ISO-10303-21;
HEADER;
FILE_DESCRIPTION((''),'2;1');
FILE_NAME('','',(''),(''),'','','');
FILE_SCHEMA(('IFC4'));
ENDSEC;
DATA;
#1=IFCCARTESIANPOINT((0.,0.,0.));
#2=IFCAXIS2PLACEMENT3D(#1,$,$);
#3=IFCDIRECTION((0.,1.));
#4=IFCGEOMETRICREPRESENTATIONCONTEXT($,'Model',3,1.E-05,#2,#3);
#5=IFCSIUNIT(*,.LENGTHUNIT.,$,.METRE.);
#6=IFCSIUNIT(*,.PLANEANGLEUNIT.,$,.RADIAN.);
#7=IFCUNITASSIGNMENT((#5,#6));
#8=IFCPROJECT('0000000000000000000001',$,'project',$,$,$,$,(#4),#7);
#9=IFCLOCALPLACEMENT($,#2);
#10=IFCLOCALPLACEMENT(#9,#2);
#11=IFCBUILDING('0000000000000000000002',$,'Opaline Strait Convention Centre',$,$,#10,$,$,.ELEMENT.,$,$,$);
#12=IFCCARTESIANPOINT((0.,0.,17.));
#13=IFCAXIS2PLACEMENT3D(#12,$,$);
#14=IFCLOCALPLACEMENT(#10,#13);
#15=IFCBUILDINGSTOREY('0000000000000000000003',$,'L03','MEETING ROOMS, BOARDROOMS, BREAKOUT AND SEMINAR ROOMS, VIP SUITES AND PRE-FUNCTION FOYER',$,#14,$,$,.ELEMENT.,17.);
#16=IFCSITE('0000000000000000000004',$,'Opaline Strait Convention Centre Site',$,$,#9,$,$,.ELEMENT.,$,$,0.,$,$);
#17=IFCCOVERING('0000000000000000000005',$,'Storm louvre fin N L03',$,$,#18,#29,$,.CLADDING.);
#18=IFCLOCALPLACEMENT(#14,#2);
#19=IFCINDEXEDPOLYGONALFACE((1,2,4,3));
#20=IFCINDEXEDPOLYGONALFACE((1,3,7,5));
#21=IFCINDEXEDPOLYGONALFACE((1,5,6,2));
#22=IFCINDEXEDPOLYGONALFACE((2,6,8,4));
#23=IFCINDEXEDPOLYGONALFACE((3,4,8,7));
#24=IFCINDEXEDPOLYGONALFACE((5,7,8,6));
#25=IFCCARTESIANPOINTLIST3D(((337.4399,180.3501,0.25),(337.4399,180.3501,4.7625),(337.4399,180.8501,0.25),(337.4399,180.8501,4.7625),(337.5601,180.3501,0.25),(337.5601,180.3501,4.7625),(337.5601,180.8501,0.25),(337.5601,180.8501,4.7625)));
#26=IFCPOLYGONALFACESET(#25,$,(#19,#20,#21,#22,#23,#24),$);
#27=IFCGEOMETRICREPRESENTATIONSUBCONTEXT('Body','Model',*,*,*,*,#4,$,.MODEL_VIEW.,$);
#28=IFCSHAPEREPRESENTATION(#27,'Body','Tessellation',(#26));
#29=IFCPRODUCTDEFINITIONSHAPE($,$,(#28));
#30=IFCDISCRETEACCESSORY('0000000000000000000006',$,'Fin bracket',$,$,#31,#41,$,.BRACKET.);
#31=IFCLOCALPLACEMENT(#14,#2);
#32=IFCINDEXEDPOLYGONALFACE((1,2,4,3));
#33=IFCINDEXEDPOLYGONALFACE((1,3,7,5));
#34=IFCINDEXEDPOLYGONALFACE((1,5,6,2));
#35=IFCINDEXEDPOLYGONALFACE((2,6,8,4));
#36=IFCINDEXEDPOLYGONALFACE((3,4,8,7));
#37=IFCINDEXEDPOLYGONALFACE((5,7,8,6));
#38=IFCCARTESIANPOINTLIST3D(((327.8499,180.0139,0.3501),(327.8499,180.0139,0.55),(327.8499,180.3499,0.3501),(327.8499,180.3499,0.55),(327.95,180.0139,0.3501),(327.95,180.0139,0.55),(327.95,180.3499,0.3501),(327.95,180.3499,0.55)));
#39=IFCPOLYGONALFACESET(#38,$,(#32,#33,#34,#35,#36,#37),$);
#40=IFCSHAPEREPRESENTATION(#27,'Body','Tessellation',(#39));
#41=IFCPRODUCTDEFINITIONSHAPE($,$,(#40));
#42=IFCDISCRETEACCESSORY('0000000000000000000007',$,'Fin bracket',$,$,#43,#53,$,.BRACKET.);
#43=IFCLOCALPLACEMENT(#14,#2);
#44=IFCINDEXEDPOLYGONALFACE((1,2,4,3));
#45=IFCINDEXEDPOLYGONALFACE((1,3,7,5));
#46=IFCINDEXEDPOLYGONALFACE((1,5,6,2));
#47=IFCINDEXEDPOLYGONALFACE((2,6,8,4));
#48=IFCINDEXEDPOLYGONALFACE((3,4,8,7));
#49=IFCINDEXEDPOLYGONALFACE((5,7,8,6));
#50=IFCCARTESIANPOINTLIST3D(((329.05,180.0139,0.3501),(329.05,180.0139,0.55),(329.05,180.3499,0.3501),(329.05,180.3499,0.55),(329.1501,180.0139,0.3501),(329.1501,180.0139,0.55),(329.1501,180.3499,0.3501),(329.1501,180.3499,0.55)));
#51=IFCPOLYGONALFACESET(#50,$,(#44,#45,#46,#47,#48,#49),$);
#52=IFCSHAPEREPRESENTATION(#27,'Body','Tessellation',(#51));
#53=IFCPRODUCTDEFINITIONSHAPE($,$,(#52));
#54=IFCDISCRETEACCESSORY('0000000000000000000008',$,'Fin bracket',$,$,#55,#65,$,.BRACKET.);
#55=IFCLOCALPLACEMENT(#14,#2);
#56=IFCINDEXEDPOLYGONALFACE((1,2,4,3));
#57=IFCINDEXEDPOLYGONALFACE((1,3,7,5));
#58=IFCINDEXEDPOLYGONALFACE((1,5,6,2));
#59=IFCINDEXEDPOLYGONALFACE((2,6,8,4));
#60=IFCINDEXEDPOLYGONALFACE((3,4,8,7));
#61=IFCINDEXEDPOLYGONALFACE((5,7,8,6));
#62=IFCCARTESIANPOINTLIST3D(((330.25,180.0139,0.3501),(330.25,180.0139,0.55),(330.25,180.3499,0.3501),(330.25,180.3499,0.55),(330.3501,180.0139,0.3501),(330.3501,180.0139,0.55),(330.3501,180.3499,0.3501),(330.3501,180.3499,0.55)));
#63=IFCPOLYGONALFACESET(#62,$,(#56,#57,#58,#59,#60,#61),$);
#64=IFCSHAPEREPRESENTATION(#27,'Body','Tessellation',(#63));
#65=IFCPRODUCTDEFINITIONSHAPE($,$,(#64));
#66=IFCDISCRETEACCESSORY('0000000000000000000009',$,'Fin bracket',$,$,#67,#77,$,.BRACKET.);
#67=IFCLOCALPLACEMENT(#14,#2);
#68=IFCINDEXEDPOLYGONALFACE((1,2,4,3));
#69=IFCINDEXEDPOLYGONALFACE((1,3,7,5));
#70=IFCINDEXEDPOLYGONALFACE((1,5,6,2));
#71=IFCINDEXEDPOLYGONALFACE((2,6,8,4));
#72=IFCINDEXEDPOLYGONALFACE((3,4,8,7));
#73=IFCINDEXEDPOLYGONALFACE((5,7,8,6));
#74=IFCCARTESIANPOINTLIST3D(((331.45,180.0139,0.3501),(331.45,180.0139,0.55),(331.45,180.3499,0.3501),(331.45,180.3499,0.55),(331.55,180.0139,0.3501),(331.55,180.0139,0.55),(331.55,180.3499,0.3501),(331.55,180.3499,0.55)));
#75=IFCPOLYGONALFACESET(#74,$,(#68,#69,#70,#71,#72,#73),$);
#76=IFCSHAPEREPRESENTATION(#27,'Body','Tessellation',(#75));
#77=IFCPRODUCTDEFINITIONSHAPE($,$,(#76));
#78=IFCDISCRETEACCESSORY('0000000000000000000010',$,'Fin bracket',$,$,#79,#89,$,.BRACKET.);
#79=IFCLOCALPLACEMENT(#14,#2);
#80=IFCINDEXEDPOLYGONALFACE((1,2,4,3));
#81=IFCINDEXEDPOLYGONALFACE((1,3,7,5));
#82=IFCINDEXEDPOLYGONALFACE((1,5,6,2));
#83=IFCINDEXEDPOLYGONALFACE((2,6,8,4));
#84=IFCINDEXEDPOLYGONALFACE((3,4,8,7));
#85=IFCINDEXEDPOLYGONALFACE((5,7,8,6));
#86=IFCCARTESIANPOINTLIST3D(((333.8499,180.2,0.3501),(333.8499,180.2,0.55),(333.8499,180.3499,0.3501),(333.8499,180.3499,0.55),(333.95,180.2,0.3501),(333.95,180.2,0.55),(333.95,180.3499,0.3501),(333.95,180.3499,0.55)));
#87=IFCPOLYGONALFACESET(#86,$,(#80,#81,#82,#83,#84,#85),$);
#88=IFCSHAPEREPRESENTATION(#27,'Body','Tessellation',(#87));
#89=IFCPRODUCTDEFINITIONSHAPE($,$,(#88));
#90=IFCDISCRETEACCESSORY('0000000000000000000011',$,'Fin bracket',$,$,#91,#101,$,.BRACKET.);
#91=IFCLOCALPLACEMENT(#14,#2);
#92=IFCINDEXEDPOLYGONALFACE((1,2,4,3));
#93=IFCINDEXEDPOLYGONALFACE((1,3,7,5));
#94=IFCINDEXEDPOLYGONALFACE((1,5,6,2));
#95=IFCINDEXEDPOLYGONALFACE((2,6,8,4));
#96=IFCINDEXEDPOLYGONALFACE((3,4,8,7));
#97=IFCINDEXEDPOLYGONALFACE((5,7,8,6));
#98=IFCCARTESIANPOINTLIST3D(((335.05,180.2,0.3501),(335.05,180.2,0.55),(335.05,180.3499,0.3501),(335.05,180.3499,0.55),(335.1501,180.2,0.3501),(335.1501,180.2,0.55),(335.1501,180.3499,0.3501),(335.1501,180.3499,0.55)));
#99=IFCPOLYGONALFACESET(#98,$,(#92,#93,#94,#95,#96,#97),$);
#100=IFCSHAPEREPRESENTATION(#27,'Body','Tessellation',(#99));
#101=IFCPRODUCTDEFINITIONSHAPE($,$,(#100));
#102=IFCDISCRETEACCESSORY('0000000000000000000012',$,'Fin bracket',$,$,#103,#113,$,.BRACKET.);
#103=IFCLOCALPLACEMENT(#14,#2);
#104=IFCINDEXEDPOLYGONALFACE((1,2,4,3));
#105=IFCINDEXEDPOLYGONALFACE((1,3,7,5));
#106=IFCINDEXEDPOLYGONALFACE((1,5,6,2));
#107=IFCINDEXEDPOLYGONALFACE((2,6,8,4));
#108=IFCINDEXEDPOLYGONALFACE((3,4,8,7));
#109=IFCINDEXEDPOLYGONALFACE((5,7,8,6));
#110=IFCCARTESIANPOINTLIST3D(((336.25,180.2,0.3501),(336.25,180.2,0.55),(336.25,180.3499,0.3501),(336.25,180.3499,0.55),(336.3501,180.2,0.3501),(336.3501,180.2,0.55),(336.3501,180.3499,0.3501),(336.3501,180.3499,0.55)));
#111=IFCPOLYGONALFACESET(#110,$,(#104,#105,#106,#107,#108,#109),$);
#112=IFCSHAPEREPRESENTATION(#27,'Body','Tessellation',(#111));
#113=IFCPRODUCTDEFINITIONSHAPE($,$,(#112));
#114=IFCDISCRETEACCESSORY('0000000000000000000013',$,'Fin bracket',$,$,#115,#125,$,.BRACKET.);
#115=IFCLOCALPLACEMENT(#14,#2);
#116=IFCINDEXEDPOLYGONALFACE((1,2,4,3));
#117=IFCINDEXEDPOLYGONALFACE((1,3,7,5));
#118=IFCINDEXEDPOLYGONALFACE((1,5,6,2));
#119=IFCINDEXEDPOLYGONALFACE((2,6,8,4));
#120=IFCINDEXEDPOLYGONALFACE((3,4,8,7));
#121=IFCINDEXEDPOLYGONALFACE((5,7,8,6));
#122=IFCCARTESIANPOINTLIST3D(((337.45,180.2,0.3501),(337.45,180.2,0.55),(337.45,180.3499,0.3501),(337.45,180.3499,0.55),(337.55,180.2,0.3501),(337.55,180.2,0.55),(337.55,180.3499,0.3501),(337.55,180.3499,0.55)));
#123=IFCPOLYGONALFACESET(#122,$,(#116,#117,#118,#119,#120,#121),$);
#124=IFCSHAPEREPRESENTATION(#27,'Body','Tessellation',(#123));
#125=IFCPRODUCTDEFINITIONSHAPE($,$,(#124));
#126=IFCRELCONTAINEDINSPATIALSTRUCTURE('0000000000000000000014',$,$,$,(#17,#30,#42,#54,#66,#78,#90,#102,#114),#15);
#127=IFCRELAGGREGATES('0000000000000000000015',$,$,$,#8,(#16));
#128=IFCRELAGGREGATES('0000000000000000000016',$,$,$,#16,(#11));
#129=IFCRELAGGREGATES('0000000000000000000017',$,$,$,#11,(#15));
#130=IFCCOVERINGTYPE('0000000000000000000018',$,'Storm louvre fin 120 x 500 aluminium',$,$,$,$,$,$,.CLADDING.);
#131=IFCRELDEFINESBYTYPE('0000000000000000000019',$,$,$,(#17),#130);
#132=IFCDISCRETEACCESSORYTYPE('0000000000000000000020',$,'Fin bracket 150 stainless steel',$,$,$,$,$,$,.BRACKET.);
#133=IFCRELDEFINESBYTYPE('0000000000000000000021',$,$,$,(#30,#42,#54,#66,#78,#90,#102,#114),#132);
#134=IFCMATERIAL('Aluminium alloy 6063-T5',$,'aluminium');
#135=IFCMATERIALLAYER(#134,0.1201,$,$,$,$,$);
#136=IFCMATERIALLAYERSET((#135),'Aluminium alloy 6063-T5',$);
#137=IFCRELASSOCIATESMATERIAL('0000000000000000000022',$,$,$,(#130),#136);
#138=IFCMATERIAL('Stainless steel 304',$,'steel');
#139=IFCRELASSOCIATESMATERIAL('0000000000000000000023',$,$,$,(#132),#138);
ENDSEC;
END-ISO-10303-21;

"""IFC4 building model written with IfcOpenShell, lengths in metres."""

from ifc_helpers import new_model, si_unit, direction, frame, origin, origin_2d, place, context, subcontext, project, spatial, rectangle, extrude, material, layer, layer_set, type_object, element, save


model = new_model("IFC4")

# Units and contexts
model_context = context("Model", 3, precision=1e-05, world=origin(), true_north=direction((0.0, 1.0)))
body_context = subcontext(model_context, "Body", "Model", "MODEL_VIEW")
ifc_project = project(units=[si_unit("LENGTHUNIT", "METRE"), si_unit("PLANEANGLEUNIT", "RADIAN")], contexts=[model_context])

# Site, building, storey
site_placement = place(None, origin())
site = spatial("IfcSite", under=ifc_project, at=site_placement, Name="Opaline Strait Convention Centre Site", CompositionType="ELEMENT", RefElevation=0.0)
building_placement = place(site_placement, origin())
building = spatial("IfcBuilding", under=site, at=building_placement, Name="Opaline Strait Convention Centre", CompositionType="ELEMENT")
storey_placement = place(building_placement, frame((0.0, 0.0, 17.0)))
storey = spatial("IfcBuildingStorey", under=building, at=storey_placement, Name="L03", Description="MEETING ROOMS, BOARDROOMS, BREAKOUT AND SEMINAR ROOMS, VIP SUITES AND PRE-FUNCTION FOYER", CompositionType="ELEMENT", Elevation=17.0)

# Covering
ifc_material_1 = material(Name="Aluminium alloy 6063-T5", Category="aluminium")
ifc_layer_1 = layer(ifc_material_1, 0.1201)
ifc_layer_set_1 = layer_set([ifc_layer_1], Name="Aluminium alloy 6063-T5")
covering_type = type_object("IfcCoveringType", Name="Storm louvre fin 120 x 500 aluminium", PredefinedType="CLADDING", material=ifc_layer_set_1)
covering_1_placement = place(storey_placement, frame((337.5, 180.6001, 0.25), z_axis=(0.0, 0.0, 1.0), x_axis=(1.0, 0.0, 0.0)))
element("IfcCovering", 1, at=covering_1_placement, inside=storey, type_object=covering_type, Name="Storm louvre fin N L03", PredefinedType="CLADDING", context=body_context, shape_type="SweptSolid", body=[
    extrude(rectangle(XDim=0.1201, YDim=0.5, at=origin_2d()), origin(), (0.0, 0.0, 1.0), 4.5125),
])

# Discrete accessories
ifc_material_2 = material(Name="Stainless steel 304", Category="steel")
discrete_accessory_type = type_object("IfcDiscreteAccessoryType", Name="Fin bracket 150 stainless steel", PredefinedType="BRACKET", material=ifc_material_2)
for number, where, z_axis, x_axis, name in (
    (2, (327.8999, 180.1819, 0.3501), (0.0, 0.0, 1.0), (1.0, 0.0, 0.0), "Fin bracket"),
    (3, (329.1001, 180.1819, 0.3501), (0.0, 0.0, 1.0), (1.0, 0.0, 0.0), "Fin bracket"),
    (4, (330.3, 180.1819, 0.3501), (0.0, 0.0, 1.0), (1.0, 0.0, 0.0), "Fin bracket"),
    (5, (331.5, 180.1819, 0.3501), (0.0, 0.0, 1.0), (1.0, 0.0, 0.0), "Fin bracket"),
):
    element("IfcDiscreteAccessory", number, at=place(storey_placement, frame(where, z_axis=z_axis, x_axis=x_axis)), inside=storey, type_object=discrete_accessory_type, Name=name, PredefinedType="BRACKET", context=body_context, shape_type="SweptSolid", body=[
        extrude(rectangle(XDim=0.1001, YDim=0.3359, at=origin_2d()), origin(), (0.0, 0.0, 1.0), 0.2),
    ])
for number, where, z_axis, x_axis, name in (
    (6, (333.8999, 180.2749, 0.3501), (0.0, 0.0, 1.0), (1.0, 0.0, 0.0), "Fin bracket"),
    (7, (335.1001, 180.2749, 0.3501), (0.0, 0.0, 1.0), (1.0, 0.0, 0.0), "Fin bracket"),
    (8, (336.3, 180.2749, 0.3501), (0.0, 0.0, 1.0), (1.0, 0.0, 0.0), "Fin bracket"),
    (9, (337.5, 180.2749, 0.3501), (0.0, 0.0, 1.0), (1.0, 0.0, 0.0), "Fin bracket"),
):
    element("IfcDiscreteAccessory", number, at=place(storey_placement, frame(where, z_axis=z_axis, x_axis=x_axis)), inside=storey, type_object=discrete_accessory_type, Name=name, PredefinedType="BRACKET", context=body_context, shape_type="SweptSolid", body=[
        extrude(rectangle(XDim=0.1001, YDim=0.1499, at=origin_2d()), origin(), (0.0, 0.0, 1.0), 0.2),
    ])

save(model, "model.ifc")
